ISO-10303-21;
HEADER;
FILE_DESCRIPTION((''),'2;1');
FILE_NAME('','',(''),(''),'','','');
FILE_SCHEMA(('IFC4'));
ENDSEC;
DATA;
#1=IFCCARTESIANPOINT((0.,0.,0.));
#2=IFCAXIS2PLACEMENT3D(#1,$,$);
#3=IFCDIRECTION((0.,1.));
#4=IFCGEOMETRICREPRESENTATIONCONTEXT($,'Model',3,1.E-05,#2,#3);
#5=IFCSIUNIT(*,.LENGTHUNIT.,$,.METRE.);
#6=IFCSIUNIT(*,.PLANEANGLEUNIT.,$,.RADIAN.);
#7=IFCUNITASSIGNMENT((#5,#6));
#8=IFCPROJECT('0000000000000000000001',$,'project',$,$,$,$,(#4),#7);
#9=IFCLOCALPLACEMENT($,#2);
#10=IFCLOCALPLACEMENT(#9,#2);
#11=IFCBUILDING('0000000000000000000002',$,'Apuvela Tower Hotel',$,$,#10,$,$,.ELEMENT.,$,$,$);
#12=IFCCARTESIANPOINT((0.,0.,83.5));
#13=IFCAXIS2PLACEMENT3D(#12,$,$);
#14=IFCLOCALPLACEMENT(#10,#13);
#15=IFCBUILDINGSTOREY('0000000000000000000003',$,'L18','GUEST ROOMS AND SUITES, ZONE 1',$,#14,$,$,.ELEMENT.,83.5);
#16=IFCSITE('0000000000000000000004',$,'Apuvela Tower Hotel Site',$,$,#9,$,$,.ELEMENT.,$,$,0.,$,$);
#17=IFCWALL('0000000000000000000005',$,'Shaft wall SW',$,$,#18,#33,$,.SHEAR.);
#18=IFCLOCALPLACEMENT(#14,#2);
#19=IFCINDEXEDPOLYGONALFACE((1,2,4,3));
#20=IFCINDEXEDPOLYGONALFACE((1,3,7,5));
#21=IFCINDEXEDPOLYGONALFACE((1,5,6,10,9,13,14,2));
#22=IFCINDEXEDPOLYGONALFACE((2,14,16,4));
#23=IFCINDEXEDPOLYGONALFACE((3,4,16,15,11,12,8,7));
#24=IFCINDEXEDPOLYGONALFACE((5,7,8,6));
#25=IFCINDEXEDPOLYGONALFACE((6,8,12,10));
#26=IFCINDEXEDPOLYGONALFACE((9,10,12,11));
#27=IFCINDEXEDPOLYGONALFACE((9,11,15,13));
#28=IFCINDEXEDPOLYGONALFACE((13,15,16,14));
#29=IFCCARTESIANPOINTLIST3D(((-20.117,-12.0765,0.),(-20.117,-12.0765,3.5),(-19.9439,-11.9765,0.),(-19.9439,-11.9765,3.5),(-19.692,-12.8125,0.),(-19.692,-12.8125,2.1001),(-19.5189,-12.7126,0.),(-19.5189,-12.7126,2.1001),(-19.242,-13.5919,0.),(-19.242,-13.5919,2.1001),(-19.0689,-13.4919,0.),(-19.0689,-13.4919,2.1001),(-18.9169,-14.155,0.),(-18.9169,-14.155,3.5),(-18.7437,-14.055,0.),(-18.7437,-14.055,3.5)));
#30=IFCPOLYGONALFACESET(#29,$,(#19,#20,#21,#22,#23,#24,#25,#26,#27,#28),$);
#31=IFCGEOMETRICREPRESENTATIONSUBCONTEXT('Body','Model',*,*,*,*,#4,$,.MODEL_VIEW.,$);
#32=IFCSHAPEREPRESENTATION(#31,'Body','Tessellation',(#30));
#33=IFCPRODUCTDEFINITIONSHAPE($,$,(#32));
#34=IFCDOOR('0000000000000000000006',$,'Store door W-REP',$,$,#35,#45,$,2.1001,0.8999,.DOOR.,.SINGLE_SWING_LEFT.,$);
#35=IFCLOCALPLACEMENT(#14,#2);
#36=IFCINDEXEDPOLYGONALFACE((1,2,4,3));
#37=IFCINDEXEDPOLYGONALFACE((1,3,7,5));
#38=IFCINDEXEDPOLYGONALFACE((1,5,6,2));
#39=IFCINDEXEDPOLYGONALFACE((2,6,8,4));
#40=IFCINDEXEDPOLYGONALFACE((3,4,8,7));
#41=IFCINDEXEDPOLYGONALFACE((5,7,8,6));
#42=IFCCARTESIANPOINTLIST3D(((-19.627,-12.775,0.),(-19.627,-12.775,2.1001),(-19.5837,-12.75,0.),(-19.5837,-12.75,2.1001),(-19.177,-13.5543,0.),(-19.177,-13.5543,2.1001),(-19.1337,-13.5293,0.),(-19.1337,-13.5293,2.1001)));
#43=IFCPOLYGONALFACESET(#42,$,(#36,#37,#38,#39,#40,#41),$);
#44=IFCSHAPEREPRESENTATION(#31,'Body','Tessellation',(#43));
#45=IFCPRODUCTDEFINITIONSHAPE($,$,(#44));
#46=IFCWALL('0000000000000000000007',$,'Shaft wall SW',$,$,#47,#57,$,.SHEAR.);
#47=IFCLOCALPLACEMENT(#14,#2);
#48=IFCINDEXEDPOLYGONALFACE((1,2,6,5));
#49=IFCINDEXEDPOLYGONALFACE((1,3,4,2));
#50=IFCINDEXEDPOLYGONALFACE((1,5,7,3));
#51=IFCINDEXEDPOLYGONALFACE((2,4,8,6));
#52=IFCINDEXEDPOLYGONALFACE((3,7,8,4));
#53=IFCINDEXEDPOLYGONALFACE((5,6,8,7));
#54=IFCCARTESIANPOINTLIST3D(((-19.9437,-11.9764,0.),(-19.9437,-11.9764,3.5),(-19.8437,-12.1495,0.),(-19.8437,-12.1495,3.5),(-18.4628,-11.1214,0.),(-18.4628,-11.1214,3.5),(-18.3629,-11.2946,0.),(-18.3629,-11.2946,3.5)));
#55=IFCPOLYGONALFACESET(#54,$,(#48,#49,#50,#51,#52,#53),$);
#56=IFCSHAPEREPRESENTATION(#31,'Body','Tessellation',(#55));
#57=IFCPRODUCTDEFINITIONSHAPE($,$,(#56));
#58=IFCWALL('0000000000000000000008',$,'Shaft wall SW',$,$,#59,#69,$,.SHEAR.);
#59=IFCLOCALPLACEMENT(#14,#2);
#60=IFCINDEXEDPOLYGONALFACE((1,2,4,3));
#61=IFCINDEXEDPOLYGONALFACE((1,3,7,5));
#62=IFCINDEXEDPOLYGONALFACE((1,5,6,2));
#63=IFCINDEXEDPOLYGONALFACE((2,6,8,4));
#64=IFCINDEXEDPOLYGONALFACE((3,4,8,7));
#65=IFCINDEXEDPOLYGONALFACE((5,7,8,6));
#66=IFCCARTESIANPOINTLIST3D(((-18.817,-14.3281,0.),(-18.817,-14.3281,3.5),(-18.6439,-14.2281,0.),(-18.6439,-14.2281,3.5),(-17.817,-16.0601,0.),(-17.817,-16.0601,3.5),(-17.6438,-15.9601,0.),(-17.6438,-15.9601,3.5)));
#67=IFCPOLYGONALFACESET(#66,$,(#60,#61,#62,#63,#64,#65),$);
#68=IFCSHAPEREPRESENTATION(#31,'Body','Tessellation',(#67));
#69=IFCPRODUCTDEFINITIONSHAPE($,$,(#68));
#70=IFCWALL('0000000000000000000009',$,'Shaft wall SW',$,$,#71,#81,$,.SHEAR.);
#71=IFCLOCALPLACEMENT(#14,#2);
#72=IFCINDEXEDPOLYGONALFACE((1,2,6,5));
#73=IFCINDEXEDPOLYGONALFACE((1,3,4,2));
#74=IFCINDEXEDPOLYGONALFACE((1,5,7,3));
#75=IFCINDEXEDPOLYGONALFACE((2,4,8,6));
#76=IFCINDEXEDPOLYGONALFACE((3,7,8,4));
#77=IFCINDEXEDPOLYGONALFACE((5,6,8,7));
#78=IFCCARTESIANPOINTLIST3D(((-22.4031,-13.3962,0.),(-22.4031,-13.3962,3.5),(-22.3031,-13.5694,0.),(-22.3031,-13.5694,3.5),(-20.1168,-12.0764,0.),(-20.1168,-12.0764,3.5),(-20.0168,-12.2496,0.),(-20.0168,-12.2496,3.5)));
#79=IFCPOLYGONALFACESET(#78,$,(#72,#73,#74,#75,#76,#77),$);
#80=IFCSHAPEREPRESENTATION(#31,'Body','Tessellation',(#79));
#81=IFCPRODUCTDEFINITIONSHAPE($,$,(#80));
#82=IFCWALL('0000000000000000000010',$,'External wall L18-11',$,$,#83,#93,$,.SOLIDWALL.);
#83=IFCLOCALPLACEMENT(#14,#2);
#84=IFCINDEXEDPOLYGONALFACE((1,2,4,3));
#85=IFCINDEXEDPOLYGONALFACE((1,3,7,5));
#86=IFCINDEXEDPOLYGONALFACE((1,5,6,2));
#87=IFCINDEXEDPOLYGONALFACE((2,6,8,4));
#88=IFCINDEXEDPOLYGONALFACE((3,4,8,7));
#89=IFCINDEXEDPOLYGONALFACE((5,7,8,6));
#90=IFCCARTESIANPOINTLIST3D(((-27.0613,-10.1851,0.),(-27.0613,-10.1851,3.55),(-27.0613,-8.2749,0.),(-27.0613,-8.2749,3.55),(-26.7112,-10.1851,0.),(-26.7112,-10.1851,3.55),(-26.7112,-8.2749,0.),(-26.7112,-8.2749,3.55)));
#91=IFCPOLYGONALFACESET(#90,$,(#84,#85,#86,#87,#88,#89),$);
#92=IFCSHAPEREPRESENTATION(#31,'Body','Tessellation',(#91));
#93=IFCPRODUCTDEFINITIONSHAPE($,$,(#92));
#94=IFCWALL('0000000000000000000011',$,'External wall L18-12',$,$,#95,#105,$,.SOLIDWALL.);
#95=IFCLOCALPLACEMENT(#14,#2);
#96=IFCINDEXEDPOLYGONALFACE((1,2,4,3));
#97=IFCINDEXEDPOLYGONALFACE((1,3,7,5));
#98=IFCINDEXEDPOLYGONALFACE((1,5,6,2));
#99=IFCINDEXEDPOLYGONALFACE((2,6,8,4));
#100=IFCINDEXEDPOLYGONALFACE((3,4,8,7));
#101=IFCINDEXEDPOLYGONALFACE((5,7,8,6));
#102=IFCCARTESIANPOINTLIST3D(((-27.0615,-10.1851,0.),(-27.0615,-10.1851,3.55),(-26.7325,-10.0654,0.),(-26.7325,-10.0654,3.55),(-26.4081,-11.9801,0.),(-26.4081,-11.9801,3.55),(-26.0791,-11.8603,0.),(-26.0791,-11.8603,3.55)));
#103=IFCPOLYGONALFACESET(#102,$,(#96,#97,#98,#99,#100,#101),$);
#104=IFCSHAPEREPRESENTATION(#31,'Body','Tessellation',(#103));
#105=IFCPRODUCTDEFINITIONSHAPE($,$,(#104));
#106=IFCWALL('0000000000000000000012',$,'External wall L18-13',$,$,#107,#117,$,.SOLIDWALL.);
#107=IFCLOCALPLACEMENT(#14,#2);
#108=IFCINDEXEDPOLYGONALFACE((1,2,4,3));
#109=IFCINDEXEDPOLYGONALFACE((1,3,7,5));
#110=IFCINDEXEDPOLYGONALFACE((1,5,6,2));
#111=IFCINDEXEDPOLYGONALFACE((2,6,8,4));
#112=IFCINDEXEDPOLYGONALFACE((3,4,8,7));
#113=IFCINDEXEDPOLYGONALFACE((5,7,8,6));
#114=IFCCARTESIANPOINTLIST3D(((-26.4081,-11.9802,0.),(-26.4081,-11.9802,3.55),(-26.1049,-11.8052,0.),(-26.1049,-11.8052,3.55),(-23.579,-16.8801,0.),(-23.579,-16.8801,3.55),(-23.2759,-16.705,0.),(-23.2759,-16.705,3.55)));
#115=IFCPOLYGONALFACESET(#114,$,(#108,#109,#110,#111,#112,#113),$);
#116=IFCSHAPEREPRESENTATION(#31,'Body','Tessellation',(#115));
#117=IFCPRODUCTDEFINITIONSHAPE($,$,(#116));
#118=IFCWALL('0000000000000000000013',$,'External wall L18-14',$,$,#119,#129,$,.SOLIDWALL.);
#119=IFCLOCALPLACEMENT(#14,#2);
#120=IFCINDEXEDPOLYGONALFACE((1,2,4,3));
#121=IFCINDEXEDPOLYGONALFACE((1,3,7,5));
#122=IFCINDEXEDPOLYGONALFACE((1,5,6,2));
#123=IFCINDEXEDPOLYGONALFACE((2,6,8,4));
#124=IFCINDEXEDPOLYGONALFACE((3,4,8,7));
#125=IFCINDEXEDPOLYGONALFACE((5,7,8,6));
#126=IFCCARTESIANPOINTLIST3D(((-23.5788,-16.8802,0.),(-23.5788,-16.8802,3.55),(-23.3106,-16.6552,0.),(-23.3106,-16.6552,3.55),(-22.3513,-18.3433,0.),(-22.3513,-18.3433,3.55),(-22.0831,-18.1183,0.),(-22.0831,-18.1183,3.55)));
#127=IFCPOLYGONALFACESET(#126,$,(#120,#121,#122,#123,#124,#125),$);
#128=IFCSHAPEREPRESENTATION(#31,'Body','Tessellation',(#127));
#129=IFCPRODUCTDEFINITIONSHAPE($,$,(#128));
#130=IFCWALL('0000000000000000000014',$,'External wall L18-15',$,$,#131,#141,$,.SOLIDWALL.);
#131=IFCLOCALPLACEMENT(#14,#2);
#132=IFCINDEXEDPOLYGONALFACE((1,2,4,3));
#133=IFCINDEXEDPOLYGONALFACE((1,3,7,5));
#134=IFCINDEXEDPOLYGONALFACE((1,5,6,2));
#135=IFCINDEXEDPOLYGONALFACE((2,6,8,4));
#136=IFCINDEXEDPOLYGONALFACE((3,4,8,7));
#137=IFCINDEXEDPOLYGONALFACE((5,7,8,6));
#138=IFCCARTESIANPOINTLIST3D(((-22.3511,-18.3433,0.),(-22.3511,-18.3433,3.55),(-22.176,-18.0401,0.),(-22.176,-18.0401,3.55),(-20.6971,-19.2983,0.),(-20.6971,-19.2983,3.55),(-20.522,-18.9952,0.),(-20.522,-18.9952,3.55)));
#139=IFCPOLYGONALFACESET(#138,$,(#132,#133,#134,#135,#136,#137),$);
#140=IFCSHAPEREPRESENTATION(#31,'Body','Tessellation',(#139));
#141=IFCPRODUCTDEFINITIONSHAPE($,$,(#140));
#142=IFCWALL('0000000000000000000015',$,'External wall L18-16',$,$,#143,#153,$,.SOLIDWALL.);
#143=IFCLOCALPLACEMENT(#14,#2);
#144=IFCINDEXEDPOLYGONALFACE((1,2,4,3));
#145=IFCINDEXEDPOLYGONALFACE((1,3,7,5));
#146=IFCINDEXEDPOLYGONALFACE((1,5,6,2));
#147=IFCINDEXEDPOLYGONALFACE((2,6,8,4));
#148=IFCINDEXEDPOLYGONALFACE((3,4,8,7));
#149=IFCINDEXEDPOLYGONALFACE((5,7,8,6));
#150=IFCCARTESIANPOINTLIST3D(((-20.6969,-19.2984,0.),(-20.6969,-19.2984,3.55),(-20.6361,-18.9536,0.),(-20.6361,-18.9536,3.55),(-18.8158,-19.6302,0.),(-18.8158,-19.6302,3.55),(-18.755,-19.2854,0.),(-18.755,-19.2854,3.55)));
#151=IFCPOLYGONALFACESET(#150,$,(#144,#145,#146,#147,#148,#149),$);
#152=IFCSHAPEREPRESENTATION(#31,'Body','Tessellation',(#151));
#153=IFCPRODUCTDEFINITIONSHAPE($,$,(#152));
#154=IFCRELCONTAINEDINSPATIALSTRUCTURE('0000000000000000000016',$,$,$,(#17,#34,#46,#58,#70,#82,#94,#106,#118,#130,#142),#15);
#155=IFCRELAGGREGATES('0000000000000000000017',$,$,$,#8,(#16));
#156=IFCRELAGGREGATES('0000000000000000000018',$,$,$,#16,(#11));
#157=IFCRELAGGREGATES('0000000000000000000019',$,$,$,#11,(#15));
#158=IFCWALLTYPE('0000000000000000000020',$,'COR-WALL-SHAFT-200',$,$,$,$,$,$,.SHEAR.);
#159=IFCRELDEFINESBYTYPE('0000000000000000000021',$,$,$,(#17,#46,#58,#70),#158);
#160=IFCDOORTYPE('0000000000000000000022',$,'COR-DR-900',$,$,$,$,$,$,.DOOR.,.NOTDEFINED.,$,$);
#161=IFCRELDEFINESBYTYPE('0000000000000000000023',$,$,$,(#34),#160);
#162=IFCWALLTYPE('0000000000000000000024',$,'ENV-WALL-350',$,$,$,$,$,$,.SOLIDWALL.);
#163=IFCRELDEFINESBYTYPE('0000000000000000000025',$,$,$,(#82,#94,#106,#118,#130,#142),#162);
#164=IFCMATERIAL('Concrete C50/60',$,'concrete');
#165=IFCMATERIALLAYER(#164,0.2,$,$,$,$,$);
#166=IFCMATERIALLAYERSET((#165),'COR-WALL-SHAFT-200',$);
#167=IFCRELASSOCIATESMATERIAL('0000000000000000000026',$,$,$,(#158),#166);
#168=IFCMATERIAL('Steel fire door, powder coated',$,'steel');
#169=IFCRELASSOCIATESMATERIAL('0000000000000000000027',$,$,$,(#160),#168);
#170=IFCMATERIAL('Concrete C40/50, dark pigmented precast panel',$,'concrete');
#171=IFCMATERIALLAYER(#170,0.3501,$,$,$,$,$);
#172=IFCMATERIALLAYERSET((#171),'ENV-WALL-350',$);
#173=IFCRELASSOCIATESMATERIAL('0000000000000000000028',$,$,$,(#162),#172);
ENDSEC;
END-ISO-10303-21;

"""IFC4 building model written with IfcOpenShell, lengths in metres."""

from ifc_helpers import new_model, si_unit, direction, frame, frame_2d, origin, place, context, subcontext, project, spatial, rectangle, extrude, material, layer, layer_set, type_object, element, fill, save


model = new_model("IFC4")

# Units and contexts
model_context = context("Model", 3, precision=1e-05, world=origin(), true_north=direction((0.0, 1.0)))
body_context = subcontext(model_context, "Body", "Model", "MODEL_VIEW")
ifc_project = project(units=[si_unit("LENGTHUNIT", "METRE"), si_unit("PLANEANGLEUNIT", "RADIAN")], contexts=[model_context])

# Site, building, storey
site_placement = place(None, origin())
site = spatial("IfcSite", under=ifc_project, at=site_placement, Name="Apuvela Tower Hotel Site", CompositionType="ELEMENT", RefElevation=0.0)
building_placement = place(site_placement, origin())
building = spatial("IfcBuilding", under=site, at=building_placement, Name="Apuvela Tower Hotel", CompositionType="ELEMENT")
storey_placement = place(building_placement, frame((0.0, 0.0, 83.5)))
storey = spatial("IfcBuildingStorey", under=building, at=storey_placement, Name="L18", Description="GUEST ROOMS AND SUITES, ZONE 1", CompositionType="ELEMENT", Elevation=83.5)

# Wall, opening, door
ifc_material_1 = material(Name="Concrete C50/60", Category="concrete")
ifc_layer_1 = layer(ifc_material_1, 0.2)
ifc_layer_set_1 = layer_set([ifc_layer_1], Name="COR-WALL-SHAFT-200")
wall_type_1 = type_object("IfcWallType", Name="COR-WALL-SHAFT-200", PredefinedType="SHEAR", material=ifc_layer_set_1)
wall_1_placement = place(storey_placement, frame((-20.0305, -12.0264, 0.0), z_axis=(0.0, 0.0, 1.0), x_axis=(0.500034, -0.866006, 0.0)))
wall_1 = element("IfcWall", 1, at=wall_1_placement, inside=storey, type_object=wall_type_1, Name="Shaft wall SW", PredefinedType="SHEAR", context=body_context, shape_type="SweptSolid", body=[
    extrude(rectangle(XDim=2.4001, YDim=0.2, at=frame_2d((1.2002, 0.0))), origin(), (0.0, 0.0, 1.0), 3.5),
])
opening_1_placement = place(wall_1_placement, frame((0.8501, 0.0, 0.0)))
opening_1 = element("IfcOpeningElement", 2, at=opening_1_placement, cuts=wall_1, PredefinedType="OPENING", context=body_context, shape_type="SweptSolid", body=[
    extrude(rectangle(XDim=0.8999, YDim=2.1001, at=frame_2d((0.45, 1.05))), frame((0.0, 0.1099, 0.0), z_axis=(0.0, -1.0, 0.0), x_axis=(1.0, 0.0, 0.0)), (0.0, 0.0, 1.0), 0.22),
])
ifc_material_2 = material(Name="Steel fire door, powder coated", Category="steel")
door_type_1 = type_object("IfcDoorType", Name="COR-DR-900", OperationType="NOTDEFINED", PredefinedType="DOOR", material=ifc_material_2)
door_1_placement = place(opening_1_placement, frame((0.8999, 0.0, 0.0), z_axis=(0.0, 0.0, 1.0), x_axis=(-1.0, 0.0, 0.0)))
door_1 = element("IfcDoor", 3, at=door_1_placement, inside=storey, type_object=door_type_1, Name="Store door W-REP", OperationType="SINGLE_SWING_LEFT", OverallHeight=2.1001, OverallWidth=0.8999, PredefinedType="DOOR", context=body_context, shape_type="SweptSolid", body=[
    extrude(rectangle(XDim=0.8999, YDim=2.1001, at=frame_2d((0.45, 1.05))), frame((0.0, 0.0249, 0.0), z_axis=(0.0, -1.0, 0.0), x_axis=(1.0, 0.0, 0.0)), (0.0, 0.0, 1.0), 0.05),
])
fill(opening_1, door_1)

# Walls
wall_2_placement = place(storey_placement, frame((-18.4128, -11.208, 0.0), z_axis=(0.0, 0.0, 1.0), x_axis=(-0.866038, -0.499978, 0.0)))
element("IfcWall", 4, at=wall_2_placement, inside=storey, type_object=wall_type_1, Name="Shaft wall SW", PredefinedType="SHEAR", context=body_context, shape_type="SweptSolid", body=[
    extrude(rectangle(XDim=1.71, YDim=0.2, at=frame_2d((0.855, 0.0))), origin(), (0.0, 0.0, 1.0), 3.5),
])
wall_3_placement = place(storey_placement, frame((-18.7305, -14.2781, 0.0), z_axis=(0.0, 0.0, 1.0), x_axis=(0.500025, -0.866011, 0.0)))
element("IfcWall", 5, at=wall_3_placement, inside=storey, type_object=wall_type_1, Name="Shaft wall SW", PredefinedType="SHEAR", context=body_context, shape_type="SweptSolid", body=[
    extrude(rectangle(XDim=2.0, YDim=0.2, at=frame_2d((1.0, 0.0))), origin(), (0.0, 0.0, 1.0), 3.5),
])
wall_4_placement = place(storey_placement, frame((-20.0669, -12.1631, 0.0), z_axis=(0.0, 0.0, 1.0), x_axis=(-0.866061, -0.499939, 0.0)))
element("IfcWall", 6, at=wall_4_placement, inside=storey, type_object=wall_type_1, Name="Shaft wall SW", PredefinedType="SHEAR", context=body_context, shape_type="SweptSolid", body=[
    extrude(rectangle(XDim=2.6399, YDim=0.2, at=frame_2d((1.3198, 0.0))), origin(), (0.0, 0.0, 1.0), 3.5),
])
ifc_material_3 = material(Name="Concrete C40/50, dark pigmented precast panel", Category="concrete")
ifc_layer_2 = layer(ifc_material_3, 0.3501)
ifc_layer_set_2 = layer_set([ifc_layer_2], Name="ENV-WALL-350")
wall_type_2 = type_object("IfcWallType", Name="ENV-WALL-350", PredefinedType="SOLIDWALL", material=ifc_layer_set_2)
for number, where, z_axis, x_axis, name in (
    (7, (-26.8862, -8.2749, 0.0), (0.0, 0.0, 1.0), (0.0, -1.0, 0.0), "External wall L18-11"),
    (8, (-26.897, -10.1252, 0.0), (0.0, 0.0, 1.0), (0.34203, -0.939689, 0.0), "External wall L18-12"),
):
    element("IfcWall", number, at=place(storey_placement, frame(where, z_axis=z_axis, x_axis=x_axis)), inside=storey, type_object=wall_type_2, Name=name, PredefinedType="SOLIDWALL", context=body_context, shape_type="SweptSolid", body=[
        extrude(rectangle(XDim=1.9102, YDim=0.3501, at=frame_2d((0.9551, 0.0))), origin(), (0.0, 0.0, 1.0), 3.55),
    ])
wall_5_placement = place(storey_placement, frame((-26.2566, -11.8926, 0.0), z_axis=(0.0, 0.0, 1.0), x_axis=(0.500019, -0.866015, 0.0)))
element("IfcWall", 9, at=wall_5_placement, inside=storey, type_object=wall_type_2, Name="External wall L18-13", PredefinedType="SOLIDWALL", context=body_context, shape_type="SweptSolid", body=[
    extrude(rectangle(XDim=5.658, YDim=0.3501, at=frame_2d((2.8291, 0.0))), origin(), (0.0, 0.0, 1.0), 3.55),
])
for number, where, z_axis, x_axis, name in (
    (10, (-23.4448, -16.7676, 0.0), (0.0, 0.0, 1.0), (0.642733, -0.76609, 0.0), "External wall L18-14"),
    (11, (-22.2637, -18.1917, 0.0), (0.0, 0.0, 1.0), (0.866, -0.500043, 0.0), "External wall L18-15"),
):
    element("IfcWall", number, at=place(storey_placement, frame(where, z_axis=z_axis, x_axis=x_axis)), inside=storey, type_object=wall_type_2, Name=name, PredefinedType="SOLIDWALL", context=body_context, shape_type="SweptSolid", body=[
        extrude(rectangle(XDim=1.9099, YDim=0.3501, at=frame_2d((0.9551, 0.0))), origin(), (0.0, 0.0, 1.0), 3.55),
    ])
wall_6_placement = place(storey_placement, frame((-20.6665, -19.126, 0.0), z_axis=(0.0, 0.0, 1.0), x_axis=(0.984799, -0.173698, 0.0)))
element("IfcWall", 12, at=wall_6_placement, inside=storey, type_object=wall_type_2, Name="External wall L18-16", PredefinedType="SOLIDWALL", context=body_context, shape_type="SweptSolid", body=[
    extrude(rectangle(XDim=1.9102, YDim=0.3501, at=frame_2d((0.9551, 0.0))), origin(), (0.0, 0.0, 1.0), 3.55),
])

save(model, "model.ifc")
